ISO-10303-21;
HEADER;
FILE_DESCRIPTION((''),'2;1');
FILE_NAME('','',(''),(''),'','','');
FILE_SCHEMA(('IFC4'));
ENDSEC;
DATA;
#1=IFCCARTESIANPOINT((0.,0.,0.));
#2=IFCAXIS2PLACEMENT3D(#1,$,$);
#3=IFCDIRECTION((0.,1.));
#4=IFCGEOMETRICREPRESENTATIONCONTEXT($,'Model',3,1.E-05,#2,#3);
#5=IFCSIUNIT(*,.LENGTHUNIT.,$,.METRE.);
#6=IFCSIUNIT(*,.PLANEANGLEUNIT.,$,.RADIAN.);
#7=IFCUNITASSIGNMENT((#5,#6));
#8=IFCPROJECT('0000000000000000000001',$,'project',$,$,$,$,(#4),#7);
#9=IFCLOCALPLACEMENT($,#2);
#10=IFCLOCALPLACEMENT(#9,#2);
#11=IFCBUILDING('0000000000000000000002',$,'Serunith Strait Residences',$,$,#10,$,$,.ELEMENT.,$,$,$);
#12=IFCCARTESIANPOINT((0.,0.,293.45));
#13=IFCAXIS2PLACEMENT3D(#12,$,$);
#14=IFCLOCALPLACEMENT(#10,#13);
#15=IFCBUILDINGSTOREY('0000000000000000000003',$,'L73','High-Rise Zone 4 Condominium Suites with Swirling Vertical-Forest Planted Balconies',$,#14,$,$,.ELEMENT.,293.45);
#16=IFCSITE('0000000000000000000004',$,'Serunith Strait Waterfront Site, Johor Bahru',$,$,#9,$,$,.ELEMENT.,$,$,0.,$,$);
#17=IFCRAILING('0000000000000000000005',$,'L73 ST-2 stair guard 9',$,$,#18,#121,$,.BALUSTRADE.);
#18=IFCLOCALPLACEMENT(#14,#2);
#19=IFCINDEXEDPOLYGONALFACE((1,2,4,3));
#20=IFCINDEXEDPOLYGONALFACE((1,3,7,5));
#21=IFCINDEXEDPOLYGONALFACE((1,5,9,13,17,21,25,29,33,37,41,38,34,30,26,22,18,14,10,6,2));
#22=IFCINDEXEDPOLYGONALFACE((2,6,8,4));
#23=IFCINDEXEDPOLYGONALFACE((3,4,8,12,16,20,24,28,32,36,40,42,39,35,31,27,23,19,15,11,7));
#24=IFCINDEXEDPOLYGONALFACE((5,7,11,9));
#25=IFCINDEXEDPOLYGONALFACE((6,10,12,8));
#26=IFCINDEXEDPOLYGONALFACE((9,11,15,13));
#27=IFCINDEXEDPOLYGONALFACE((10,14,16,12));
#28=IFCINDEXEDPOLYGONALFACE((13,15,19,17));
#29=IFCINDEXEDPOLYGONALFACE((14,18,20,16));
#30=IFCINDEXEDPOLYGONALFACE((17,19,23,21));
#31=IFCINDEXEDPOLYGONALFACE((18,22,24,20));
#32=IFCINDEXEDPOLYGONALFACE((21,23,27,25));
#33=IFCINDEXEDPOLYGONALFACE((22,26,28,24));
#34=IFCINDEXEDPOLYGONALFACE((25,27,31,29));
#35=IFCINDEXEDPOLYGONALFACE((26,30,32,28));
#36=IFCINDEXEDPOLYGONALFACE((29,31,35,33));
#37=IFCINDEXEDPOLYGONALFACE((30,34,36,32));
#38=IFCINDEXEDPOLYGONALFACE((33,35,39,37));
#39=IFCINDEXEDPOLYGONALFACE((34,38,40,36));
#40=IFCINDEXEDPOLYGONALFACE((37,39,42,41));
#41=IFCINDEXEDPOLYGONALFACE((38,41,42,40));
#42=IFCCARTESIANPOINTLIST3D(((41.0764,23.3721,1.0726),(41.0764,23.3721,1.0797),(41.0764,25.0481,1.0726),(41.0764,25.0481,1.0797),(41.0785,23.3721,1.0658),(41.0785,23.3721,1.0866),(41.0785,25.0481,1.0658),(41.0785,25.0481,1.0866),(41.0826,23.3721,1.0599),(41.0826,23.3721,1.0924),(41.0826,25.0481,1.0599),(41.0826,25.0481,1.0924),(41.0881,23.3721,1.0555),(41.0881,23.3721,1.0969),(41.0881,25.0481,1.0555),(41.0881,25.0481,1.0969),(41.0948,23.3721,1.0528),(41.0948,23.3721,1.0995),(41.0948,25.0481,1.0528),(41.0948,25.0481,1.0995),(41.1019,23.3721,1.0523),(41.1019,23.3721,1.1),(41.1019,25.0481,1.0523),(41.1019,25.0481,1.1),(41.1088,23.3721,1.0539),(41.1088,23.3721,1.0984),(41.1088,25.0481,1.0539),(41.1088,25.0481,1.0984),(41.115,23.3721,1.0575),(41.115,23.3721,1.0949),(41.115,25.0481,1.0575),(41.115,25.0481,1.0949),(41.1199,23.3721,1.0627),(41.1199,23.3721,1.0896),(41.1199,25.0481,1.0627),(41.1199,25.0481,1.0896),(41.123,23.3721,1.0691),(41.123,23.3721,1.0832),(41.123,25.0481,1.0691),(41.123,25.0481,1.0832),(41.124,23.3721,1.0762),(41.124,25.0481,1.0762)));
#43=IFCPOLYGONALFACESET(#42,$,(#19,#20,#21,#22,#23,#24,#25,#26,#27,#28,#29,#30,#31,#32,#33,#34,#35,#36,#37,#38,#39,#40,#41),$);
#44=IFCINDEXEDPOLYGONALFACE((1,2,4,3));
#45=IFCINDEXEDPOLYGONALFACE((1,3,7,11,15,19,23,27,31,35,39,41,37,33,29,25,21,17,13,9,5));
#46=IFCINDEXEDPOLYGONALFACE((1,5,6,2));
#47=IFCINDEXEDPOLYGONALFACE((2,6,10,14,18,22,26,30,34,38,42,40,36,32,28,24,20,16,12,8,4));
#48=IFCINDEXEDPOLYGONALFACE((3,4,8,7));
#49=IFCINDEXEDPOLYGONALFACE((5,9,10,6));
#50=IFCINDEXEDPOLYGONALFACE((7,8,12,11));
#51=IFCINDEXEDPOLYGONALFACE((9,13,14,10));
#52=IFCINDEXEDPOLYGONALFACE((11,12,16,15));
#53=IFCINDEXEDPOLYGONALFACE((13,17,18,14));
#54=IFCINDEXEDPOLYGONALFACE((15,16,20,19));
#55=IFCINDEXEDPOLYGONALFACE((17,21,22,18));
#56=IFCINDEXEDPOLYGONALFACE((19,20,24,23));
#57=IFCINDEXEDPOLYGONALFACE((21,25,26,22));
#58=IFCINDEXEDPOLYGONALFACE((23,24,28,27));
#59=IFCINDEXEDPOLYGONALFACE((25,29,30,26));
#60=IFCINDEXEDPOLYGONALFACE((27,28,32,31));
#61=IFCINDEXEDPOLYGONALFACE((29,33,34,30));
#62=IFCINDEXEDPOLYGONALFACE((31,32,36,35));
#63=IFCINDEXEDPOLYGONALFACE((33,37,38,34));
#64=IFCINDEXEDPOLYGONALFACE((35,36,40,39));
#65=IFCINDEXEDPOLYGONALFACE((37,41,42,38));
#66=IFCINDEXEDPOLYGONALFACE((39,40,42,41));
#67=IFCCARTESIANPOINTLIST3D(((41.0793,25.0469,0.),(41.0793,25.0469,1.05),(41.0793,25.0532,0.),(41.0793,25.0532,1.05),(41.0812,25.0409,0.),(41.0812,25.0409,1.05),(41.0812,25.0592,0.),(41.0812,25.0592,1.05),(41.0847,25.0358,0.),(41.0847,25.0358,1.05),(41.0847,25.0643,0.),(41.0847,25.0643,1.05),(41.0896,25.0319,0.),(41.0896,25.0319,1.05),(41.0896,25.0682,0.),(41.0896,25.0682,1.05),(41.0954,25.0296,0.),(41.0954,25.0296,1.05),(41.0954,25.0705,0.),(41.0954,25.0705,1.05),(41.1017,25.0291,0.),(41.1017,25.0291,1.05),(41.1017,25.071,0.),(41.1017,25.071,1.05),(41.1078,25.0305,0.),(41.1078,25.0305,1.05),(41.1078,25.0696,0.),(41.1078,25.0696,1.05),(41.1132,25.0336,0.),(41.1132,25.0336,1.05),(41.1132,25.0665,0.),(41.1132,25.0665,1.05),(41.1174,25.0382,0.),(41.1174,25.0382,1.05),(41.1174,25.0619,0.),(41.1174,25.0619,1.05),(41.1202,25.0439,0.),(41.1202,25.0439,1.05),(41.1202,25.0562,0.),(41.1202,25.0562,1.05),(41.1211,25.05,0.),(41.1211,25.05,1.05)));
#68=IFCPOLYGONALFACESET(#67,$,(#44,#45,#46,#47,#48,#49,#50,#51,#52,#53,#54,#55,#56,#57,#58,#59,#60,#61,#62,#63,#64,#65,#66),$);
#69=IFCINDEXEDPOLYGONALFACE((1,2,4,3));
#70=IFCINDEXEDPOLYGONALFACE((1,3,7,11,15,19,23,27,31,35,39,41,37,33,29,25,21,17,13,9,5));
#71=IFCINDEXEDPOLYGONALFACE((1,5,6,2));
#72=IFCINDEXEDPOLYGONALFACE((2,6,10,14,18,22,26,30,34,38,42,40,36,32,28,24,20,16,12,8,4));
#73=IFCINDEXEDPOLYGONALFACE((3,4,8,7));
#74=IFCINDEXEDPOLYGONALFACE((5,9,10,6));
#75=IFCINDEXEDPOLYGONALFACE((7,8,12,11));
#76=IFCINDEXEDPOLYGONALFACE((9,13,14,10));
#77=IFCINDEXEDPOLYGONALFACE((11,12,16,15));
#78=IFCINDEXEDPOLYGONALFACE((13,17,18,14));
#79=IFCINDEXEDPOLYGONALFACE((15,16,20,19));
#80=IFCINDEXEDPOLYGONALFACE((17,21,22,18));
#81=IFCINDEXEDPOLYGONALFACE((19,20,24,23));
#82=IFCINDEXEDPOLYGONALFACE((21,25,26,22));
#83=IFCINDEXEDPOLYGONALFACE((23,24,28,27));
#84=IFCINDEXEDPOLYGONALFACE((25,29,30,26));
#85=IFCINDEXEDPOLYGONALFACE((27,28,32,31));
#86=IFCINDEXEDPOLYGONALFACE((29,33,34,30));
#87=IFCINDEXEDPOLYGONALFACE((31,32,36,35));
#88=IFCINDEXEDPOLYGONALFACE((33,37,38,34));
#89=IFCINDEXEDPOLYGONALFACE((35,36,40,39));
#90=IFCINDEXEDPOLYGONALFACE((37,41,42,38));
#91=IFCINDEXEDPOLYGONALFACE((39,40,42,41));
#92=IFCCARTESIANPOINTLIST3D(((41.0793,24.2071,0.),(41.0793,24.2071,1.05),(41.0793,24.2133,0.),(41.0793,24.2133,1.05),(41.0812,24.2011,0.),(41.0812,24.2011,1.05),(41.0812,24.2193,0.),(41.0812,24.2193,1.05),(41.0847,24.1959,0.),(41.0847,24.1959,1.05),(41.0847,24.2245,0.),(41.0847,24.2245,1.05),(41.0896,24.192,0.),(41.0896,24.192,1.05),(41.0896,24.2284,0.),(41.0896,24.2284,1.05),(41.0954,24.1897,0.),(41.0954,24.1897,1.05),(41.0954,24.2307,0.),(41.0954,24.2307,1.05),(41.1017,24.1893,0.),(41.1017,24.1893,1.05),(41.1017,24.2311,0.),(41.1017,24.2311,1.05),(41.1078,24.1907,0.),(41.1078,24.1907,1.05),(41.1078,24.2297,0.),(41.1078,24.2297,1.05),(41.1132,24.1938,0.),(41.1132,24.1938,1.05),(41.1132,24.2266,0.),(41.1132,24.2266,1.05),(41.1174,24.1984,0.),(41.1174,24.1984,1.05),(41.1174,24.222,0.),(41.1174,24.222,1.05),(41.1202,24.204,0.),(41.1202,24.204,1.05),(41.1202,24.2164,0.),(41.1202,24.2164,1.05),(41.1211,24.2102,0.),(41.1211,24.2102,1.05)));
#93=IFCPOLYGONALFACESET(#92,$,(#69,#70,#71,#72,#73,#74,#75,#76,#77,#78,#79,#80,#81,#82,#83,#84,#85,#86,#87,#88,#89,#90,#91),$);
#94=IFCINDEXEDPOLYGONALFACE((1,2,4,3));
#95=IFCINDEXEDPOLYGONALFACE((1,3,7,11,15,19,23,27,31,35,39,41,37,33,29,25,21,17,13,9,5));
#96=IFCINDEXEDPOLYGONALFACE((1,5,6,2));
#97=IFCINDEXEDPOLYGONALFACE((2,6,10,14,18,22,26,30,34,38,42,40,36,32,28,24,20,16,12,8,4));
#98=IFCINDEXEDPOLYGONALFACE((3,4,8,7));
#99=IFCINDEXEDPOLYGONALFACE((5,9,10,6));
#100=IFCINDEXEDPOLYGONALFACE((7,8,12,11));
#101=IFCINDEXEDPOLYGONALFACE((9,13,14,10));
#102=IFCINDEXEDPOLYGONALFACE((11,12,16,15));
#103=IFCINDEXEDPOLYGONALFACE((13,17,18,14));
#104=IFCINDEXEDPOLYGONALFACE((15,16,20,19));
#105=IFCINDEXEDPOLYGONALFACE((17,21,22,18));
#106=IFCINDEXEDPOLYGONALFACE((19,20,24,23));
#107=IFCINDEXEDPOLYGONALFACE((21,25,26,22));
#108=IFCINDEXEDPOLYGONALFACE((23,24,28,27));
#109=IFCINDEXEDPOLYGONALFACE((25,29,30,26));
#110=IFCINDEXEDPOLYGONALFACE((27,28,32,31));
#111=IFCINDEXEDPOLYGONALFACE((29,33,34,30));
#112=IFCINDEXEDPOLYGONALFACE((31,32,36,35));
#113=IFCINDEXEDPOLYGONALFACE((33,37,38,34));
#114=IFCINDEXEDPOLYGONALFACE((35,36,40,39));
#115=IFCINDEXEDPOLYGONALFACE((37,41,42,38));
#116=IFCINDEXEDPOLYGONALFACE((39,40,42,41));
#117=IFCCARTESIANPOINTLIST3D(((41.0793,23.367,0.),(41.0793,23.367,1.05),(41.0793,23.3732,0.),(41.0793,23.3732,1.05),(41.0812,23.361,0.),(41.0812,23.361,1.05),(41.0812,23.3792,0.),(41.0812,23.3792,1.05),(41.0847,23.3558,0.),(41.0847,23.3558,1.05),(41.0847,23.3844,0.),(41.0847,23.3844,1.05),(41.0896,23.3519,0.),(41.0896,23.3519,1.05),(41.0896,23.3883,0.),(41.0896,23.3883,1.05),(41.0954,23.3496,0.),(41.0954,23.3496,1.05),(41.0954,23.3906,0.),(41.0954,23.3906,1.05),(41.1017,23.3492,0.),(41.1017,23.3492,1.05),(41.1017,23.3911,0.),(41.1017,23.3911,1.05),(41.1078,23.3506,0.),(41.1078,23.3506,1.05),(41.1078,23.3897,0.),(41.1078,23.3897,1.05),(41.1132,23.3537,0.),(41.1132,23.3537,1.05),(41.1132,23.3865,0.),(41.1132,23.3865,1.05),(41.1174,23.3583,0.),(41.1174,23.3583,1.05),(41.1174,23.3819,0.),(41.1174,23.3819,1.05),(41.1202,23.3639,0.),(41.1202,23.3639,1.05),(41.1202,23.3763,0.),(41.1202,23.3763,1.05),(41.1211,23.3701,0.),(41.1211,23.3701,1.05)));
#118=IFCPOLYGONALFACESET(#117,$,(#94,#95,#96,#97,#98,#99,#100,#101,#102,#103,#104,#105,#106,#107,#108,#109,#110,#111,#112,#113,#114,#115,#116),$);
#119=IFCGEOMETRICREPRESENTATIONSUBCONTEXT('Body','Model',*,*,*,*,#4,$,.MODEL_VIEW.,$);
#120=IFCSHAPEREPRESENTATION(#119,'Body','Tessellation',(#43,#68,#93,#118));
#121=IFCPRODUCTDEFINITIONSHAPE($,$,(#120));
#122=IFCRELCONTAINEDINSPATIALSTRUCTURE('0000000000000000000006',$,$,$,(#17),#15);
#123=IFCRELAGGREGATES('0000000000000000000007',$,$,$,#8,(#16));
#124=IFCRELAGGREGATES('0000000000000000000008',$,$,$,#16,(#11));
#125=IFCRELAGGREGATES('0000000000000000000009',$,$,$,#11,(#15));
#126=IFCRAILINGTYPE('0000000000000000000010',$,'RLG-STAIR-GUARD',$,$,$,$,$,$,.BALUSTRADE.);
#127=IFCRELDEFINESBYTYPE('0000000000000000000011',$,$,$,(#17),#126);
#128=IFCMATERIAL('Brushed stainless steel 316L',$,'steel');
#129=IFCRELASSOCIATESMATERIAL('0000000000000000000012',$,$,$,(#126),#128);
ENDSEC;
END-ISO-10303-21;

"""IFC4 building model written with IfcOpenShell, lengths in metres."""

from ifc_helpers import new_model, si_unit, direction, frame, origin, origin_2d, place, context, subcontext, project, spatial, circle, extrude, material, type_object, element, save


model = new_model("IFC4")

# Units and contexts
model_context = context("Model", 3, precision=1e-05, world=origin(), true_north=direction((0.0, 1.0)))
body_context = subcontext(model_context, "Body", "Model", "MODEL_VIEW")
ifc_project = project(units=[si_unit("LENGTHUNIT", "METRE"), si_unit("PLANEANGLEUNIT", "RADIAN")], contexts=[model_context])

# Site, building, storey
site_placement = place(None, origin())
site = spatial("IfcSite", under=ifc_project, at=site_placement, Name="Serunith Strait Waterfront Site, Johor Bahru", CompositionType="ELEMENT", RefElevation=0.0)
building_placement = place(site_placement, origin())
building = spatial("IfcBuilding", under=site, at=building_placement, Name="Serunith Strait Residences", CompositionType="ELEMENT")
storey_placement = place(building_placement, frame((0.0, 0.0, 293.45)))
storey = spatial("IfcBuildingStorey", under=building, at=storey_placement, Name="L73", Description="High-Rise Zone 4 Condominium Suites with Swirling Vertical-Forest Planted Balconies", CompositionType="ELEMENT", Elevation=293.45)

# Railing
ifc_material_1 = material(Name="Brushed stainless steel 316L", Category="steel")
railing_type = type_object("IfcRailingType", Name="RLG-STAIR-GUARD", PredefinedType="BALUSTRADE", material=ifc_material_1)
for number, where, name in (
    (1, (41.1001, 25.05, 0.0), "L73 ST-2 stair guard 9"),
):
    element("IfcRailing", number, at=place(storey_placement, frame(where)), inside=storey, type_object=railing_type, Name=name, PredefinedType="BALUSTRADE", context=body_context, shape_type="SweptSolid", body=[
        extrude(circle(Radius=0.0239, at=origin_2d()), frame((0.0, -0.002, 1.0762), z_axis=(0.0, -1.0, 0.0), x_axis=(1.0, 0.0, 0.0)), (0.0, 0.0, 1.0), 1.676),
        extrude(circle(Radius=0.021, at=origin_2d()), origin(), (0.0, 0.0, 1.0), 1.05),
        extrude(circle(Radius=0.021, at=origin_2d()), frame((0.0, -0.8398, 0.0)), (0.0, 0.0, 1.0), 1.05),
        extrude(circle(Radius=0.021, at=origin_2d()), frame((0.0, -1.6799, 0.0)), (0.0, 0.0, 1.0), 1.05),
    ])

save(model, "model.ifc")
